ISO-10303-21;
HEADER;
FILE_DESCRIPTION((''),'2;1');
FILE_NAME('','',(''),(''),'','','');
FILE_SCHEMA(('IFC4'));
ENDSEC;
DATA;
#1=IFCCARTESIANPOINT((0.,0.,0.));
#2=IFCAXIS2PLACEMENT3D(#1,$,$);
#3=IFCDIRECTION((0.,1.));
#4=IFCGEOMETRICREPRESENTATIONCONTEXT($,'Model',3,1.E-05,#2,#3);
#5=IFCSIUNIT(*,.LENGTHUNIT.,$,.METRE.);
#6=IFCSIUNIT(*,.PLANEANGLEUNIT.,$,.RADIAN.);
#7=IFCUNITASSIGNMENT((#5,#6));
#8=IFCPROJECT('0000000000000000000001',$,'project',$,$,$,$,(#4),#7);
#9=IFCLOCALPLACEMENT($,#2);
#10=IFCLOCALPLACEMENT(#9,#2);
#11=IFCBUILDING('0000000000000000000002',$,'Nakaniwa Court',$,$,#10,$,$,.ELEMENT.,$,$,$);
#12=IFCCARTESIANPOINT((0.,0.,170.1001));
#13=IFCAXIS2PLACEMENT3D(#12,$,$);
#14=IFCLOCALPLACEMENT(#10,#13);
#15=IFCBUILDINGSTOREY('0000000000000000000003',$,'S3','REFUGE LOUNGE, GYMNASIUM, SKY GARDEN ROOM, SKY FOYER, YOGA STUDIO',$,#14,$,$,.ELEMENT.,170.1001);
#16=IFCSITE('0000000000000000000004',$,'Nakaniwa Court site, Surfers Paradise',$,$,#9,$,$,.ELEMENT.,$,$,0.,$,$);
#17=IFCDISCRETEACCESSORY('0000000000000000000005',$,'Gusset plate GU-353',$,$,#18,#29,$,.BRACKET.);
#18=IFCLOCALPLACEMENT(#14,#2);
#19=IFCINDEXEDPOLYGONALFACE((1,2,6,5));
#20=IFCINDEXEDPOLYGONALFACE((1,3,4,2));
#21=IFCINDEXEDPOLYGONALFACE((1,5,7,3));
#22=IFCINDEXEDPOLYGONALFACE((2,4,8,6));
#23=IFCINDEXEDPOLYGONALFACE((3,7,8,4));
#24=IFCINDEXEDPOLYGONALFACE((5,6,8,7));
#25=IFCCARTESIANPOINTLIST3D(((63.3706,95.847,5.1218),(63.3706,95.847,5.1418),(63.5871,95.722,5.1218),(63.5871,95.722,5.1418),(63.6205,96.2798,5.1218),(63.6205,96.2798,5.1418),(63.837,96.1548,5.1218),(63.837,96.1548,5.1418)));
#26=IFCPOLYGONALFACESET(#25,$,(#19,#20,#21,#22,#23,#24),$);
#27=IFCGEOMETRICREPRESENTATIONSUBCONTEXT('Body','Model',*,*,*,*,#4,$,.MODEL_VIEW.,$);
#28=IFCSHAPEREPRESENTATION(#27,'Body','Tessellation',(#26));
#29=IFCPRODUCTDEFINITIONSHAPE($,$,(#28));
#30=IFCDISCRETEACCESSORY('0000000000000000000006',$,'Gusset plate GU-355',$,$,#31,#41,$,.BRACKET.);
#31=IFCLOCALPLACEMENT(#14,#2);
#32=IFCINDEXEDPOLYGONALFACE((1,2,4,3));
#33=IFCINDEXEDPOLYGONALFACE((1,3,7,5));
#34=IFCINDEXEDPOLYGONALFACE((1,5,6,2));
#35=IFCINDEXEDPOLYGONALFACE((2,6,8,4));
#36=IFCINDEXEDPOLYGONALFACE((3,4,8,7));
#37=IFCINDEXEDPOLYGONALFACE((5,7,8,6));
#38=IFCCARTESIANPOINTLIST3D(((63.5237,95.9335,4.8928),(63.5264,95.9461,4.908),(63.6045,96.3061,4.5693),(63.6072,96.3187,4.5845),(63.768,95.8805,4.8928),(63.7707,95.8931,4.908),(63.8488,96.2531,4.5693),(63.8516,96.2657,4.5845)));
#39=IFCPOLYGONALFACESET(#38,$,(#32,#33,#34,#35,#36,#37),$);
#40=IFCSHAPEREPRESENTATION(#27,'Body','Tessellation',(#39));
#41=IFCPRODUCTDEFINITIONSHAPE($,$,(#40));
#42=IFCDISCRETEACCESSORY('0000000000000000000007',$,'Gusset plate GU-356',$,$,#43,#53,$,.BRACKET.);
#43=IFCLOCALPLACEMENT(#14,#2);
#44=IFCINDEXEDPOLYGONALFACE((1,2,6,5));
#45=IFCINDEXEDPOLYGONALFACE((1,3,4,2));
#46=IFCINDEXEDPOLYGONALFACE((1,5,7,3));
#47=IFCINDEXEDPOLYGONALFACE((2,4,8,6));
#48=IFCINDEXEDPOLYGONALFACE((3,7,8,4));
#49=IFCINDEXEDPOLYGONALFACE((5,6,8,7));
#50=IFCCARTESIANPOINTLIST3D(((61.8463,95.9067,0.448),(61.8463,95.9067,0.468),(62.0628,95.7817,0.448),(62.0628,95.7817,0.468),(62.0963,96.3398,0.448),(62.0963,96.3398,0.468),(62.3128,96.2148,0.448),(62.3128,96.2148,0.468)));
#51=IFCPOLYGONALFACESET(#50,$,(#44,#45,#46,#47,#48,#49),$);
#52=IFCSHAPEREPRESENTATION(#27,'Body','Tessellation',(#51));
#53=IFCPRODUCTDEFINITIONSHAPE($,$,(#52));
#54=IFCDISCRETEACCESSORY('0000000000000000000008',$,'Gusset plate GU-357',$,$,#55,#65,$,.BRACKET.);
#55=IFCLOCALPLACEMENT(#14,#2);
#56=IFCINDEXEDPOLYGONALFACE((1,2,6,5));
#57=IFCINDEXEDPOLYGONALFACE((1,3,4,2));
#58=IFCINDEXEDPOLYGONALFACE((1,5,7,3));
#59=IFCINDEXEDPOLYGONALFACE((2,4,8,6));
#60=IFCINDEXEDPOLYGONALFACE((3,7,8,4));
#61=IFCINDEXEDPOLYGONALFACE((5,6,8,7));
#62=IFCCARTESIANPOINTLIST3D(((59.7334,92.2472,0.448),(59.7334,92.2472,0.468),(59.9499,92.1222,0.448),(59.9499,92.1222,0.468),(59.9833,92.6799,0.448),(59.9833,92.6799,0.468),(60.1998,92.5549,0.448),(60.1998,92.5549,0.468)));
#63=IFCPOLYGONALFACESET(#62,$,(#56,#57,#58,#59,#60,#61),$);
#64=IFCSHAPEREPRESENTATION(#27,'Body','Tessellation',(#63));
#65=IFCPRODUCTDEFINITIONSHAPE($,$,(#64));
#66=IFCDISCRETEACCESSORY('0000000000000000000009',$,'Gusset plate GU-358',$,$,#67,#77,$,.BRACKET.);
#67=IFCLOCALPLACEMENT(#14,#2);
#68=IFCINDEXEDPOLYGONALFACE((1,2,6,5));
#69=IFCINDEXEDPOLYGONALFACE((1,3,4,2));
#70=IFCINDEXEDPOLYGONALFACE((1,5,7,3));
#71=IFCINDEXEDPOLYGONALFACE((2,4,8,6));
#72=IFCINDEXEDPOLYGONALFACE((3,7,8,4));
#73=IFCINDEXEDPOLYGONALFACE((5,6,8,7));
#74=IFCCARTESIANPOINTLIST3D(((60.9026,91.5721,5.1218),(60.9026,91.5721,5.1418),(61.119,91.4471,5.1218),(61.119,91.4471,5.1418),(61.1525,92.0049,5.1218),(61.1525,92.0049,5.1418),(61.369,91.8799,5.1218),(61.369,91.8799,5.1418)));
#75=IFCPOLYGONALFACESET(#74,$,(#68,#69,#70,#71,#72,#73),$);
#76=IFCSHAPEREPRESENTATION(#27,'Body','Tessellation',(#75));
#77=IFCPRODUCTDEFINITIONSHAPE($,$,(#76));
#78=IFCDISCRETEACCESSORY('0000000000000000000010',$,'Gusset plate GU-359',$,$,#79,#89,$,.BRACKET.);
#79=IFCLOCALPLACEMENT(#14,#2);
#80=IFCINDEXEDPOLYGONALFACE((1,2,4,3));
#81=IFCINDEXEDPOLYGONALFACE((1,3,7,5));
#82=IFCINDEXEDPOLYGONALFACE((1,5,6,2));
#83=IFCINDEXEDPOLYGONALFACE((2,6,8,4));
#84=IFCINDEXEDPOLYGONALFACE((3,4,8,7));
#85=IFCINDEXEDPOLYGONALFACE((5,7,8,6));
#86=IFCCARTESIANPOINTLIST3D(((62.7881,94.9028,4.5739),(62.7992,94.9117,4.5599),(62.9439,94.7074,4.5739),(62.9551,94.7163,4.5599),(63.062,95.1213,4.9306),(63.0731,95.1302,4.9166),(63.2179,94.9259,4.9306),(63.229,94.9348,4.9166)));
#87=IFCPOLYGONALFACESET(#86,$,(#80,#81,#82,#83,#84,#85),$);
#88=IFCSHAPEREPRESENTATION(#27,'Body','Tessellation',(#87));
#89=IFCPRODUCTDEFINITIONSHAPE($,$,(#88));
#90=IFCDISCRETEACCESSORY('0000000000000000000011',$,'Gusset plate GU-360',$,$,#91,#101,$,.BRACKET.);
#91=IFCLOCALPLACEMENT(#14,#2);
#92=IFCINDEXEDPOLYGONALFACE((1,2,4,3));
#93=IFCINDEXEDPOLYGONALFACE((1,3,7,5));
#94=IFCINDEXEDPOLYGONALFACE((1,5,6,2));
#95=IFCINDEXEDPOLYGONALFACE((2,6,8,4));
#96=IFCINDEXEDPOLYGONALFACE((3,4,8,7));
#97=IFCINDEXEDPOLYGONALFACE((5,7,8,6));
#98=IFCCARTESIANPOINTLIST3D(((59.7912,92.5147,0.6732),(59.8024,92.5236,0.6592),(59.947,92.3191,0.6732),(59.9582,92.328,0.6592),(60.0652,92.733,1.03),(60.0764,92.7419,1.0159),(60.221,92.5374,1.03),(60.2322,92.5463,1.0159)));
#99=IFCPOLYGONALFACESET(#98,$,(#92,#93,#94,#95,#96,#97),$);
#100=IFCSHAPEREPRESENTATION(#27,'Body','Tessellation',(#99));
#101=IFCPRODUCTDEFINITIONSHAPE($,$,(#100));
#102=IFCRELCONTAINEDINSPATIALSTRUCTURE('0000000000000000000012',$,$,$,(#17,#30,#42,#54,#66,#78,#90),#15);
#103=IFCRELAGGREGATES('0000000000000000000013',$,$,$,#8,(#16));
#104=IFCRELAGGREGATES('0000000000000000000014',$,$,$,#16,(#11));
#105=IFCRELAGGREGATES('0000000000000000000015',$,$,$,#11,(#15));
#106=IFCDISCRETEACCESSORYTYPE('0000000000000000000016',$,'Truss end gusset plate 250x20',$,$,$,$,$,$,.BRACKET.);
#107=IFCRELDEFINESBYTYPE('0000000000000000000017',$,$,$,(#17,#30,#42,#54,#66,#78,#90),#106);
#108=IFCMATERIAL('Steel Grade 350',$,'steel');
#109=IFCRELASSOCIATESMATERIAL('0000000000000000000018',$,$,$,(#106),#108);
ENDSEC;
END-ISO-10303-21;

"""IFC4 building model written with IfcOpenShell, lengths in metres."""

from ifc_helpers import new_model, si_unit, direction, frame, origin, origin_2d, place, context, subcontext, project, spatial, rectangle, extrude, material, material_profile, profile_set, type_object, element, save


model = new_model("IFC4")

# Units and contexts
model_context = context("Model", 3, precision=1e-05, world=origin(), true_north=direction((0.0, 1.0)))
body_context = subcontext(model_context, "Body", "Model", "MODEL_VIEW")
ifc_project = project(units=[si_unit("LENGTHUNIT", "METRE"), si_unit("PLANEANGLEUNIT", "RADIAN")], contexts=[model_context])

# Site, building, storey
site_placement = place(None, origin())
site = spatial("IfcSite", under=ifc_project, at=site_placement, Name="Nakaniwa Court site, Surfers Paradise", CompositionType="ELEMENT", RefElevation=0.0)
building_placement = place(site_placement, origin())
building = spatial("IfcBuilding", under=site, at=building_placement, Name="Nakaniwa Court", CompositionType="ELEMENT")
storey_placement = place(building_placement, frame((0.0, 0.0, 170.1001)))
storey = spatial("IfcBuildingStorey", under=building, at=storey_placement, Name="S3", Description="REFUGE LOUNGE, GYMNASIUM, SKY GARDEN ROOM, SKY FOYER, YOGA STUDIO", CompositionType="ELEMENT", Elevation=170.1001)

# Shared definitions
ifc_material_1 = material(Name="Steel Grade 350", Category="steel")

# Discrete accessories
ifc_material_profile_1 = material_profile(ifc_material_1, rectangle(XDim=0.25, YDim=0.02, at=origin_2d()), Name="Truss end gusset plate 250x20")
ifc_profile_set_1 = profile_set([ifc_material_profile_1], Name="Steel Grade 350")
discrete_accessory_type = type_object("IfcDiscreteAccessoryType", Name="Truss end gusset plate 250x20", PredefinedType="BRACKET", material=ifc_profile_set_1)
discrete_accessory_placement = place(storey_placement, frame((63.7288, 96.2173, 5.1318), z_axis=(-0.500131, -0.86595, 0.0), x_axis=(0.86595, -0.500131, 0.0)))
element("IfcDiscreteAccessory", 1, at=discrete_accessory_placement, inside=storey, type_object=discrete_accessory_type, Name="Gusset plate GU-353", PredefinedType="BRACKET", context=body_context, shape_type="SweptSolid", body=[
    extrude(rectangle(XDim=0.25, YDim=0.02, at=origin_2d()), origin(), (0.0, 0.0, 1.0), 0.4998),
])
for number, where, z_axis, x_axis, name in (
    (2, (63.728, 96.2859, 4.5769), (-0.16163, -0.745156, 0.647007), (0.977275, -0.211978, 0.0), "Gusset plate GU-355"),
    (3, (61.9546, 95.8442, 0.458), (0.49992, 0.866072, 0.0), (-0.866072, 0.49992, 0.0), "Gusset plate GU-356"),
):
    element("IfcDiscreteAccessory", number, at=place(storey_placement, frame(where, z_axis=z_axis, x_axis=x_axis)), inside=storey, type_object=discrete_accessory_type, Name=name, PredefinedType="BRACKET", context=body_context, shape_type="SweptSolid", body=[
        extrude(rectangle(XDim=0.25, YDim=0.02, at=origin_2d()), origin(), (0.0, 0.0, 1.0), 0.5),
    ])
for number, where, z_axis, x_axis, name in (
    (4, (60.0916, 92.6174, 0.458), (-0.500131, -0.86595, 0.0), (0.86595, -0.500131, 0.0), "Gusset plate GU-357"),
    (5, (61.2607, 91.9424, 5.1318), (-0.500131, -0.86595, 0.0), (0.86595, -0.500131, 0.0), "Gusset plate GU-358"),
):
    element("IfcDiscreteAccessory", number, at=place(storey_placement, frame(where, z_axis=z_axis, x_axis=x_axis)), inside=storey, type_object=discrete_accessory_type, Name=name, PredefinedType="BRACKET", context=body_context, shape_type="SweptSolid", body=[
        extrude(rectangle(XDim=0.25, YDim=0.02, at=origin_2d()), origin(), (0.0, 0.0, 1.0), 0.4998),
    ])
for number, where, z_axis, x_axis, name in (
    (6, (62.8716, 94.8096, 4.5669), (0.547843, 0.437005, 0.713368), (-0.62359, 0.781752, 0.0), "Gusset plate GU-359"),
    (7, (60.1487, 92.6396, 1.0229), (-0.54796, -0.43661, -0.71352), (0.623164, -0.782091, 0.0), "Gusset plate GU-360"),
):
    element("IfcDiscreteAccessory", number, at=place(storey_placement, frame(where, z_axis=z_axis, x_axis=x_axis)), inside=storey, type_object=discrete_accessory_type, Name=name, PredefinedType="BRACKET", context=body_context, shape_type="SweptSolid", body=[
        extrude(rectangle(XDim=0.25, YDim=0.02, at=origin_2d()), origin(), (0.0, 0.0, 1.0), 0.5),
    ])

save(model, "model.ifc")
